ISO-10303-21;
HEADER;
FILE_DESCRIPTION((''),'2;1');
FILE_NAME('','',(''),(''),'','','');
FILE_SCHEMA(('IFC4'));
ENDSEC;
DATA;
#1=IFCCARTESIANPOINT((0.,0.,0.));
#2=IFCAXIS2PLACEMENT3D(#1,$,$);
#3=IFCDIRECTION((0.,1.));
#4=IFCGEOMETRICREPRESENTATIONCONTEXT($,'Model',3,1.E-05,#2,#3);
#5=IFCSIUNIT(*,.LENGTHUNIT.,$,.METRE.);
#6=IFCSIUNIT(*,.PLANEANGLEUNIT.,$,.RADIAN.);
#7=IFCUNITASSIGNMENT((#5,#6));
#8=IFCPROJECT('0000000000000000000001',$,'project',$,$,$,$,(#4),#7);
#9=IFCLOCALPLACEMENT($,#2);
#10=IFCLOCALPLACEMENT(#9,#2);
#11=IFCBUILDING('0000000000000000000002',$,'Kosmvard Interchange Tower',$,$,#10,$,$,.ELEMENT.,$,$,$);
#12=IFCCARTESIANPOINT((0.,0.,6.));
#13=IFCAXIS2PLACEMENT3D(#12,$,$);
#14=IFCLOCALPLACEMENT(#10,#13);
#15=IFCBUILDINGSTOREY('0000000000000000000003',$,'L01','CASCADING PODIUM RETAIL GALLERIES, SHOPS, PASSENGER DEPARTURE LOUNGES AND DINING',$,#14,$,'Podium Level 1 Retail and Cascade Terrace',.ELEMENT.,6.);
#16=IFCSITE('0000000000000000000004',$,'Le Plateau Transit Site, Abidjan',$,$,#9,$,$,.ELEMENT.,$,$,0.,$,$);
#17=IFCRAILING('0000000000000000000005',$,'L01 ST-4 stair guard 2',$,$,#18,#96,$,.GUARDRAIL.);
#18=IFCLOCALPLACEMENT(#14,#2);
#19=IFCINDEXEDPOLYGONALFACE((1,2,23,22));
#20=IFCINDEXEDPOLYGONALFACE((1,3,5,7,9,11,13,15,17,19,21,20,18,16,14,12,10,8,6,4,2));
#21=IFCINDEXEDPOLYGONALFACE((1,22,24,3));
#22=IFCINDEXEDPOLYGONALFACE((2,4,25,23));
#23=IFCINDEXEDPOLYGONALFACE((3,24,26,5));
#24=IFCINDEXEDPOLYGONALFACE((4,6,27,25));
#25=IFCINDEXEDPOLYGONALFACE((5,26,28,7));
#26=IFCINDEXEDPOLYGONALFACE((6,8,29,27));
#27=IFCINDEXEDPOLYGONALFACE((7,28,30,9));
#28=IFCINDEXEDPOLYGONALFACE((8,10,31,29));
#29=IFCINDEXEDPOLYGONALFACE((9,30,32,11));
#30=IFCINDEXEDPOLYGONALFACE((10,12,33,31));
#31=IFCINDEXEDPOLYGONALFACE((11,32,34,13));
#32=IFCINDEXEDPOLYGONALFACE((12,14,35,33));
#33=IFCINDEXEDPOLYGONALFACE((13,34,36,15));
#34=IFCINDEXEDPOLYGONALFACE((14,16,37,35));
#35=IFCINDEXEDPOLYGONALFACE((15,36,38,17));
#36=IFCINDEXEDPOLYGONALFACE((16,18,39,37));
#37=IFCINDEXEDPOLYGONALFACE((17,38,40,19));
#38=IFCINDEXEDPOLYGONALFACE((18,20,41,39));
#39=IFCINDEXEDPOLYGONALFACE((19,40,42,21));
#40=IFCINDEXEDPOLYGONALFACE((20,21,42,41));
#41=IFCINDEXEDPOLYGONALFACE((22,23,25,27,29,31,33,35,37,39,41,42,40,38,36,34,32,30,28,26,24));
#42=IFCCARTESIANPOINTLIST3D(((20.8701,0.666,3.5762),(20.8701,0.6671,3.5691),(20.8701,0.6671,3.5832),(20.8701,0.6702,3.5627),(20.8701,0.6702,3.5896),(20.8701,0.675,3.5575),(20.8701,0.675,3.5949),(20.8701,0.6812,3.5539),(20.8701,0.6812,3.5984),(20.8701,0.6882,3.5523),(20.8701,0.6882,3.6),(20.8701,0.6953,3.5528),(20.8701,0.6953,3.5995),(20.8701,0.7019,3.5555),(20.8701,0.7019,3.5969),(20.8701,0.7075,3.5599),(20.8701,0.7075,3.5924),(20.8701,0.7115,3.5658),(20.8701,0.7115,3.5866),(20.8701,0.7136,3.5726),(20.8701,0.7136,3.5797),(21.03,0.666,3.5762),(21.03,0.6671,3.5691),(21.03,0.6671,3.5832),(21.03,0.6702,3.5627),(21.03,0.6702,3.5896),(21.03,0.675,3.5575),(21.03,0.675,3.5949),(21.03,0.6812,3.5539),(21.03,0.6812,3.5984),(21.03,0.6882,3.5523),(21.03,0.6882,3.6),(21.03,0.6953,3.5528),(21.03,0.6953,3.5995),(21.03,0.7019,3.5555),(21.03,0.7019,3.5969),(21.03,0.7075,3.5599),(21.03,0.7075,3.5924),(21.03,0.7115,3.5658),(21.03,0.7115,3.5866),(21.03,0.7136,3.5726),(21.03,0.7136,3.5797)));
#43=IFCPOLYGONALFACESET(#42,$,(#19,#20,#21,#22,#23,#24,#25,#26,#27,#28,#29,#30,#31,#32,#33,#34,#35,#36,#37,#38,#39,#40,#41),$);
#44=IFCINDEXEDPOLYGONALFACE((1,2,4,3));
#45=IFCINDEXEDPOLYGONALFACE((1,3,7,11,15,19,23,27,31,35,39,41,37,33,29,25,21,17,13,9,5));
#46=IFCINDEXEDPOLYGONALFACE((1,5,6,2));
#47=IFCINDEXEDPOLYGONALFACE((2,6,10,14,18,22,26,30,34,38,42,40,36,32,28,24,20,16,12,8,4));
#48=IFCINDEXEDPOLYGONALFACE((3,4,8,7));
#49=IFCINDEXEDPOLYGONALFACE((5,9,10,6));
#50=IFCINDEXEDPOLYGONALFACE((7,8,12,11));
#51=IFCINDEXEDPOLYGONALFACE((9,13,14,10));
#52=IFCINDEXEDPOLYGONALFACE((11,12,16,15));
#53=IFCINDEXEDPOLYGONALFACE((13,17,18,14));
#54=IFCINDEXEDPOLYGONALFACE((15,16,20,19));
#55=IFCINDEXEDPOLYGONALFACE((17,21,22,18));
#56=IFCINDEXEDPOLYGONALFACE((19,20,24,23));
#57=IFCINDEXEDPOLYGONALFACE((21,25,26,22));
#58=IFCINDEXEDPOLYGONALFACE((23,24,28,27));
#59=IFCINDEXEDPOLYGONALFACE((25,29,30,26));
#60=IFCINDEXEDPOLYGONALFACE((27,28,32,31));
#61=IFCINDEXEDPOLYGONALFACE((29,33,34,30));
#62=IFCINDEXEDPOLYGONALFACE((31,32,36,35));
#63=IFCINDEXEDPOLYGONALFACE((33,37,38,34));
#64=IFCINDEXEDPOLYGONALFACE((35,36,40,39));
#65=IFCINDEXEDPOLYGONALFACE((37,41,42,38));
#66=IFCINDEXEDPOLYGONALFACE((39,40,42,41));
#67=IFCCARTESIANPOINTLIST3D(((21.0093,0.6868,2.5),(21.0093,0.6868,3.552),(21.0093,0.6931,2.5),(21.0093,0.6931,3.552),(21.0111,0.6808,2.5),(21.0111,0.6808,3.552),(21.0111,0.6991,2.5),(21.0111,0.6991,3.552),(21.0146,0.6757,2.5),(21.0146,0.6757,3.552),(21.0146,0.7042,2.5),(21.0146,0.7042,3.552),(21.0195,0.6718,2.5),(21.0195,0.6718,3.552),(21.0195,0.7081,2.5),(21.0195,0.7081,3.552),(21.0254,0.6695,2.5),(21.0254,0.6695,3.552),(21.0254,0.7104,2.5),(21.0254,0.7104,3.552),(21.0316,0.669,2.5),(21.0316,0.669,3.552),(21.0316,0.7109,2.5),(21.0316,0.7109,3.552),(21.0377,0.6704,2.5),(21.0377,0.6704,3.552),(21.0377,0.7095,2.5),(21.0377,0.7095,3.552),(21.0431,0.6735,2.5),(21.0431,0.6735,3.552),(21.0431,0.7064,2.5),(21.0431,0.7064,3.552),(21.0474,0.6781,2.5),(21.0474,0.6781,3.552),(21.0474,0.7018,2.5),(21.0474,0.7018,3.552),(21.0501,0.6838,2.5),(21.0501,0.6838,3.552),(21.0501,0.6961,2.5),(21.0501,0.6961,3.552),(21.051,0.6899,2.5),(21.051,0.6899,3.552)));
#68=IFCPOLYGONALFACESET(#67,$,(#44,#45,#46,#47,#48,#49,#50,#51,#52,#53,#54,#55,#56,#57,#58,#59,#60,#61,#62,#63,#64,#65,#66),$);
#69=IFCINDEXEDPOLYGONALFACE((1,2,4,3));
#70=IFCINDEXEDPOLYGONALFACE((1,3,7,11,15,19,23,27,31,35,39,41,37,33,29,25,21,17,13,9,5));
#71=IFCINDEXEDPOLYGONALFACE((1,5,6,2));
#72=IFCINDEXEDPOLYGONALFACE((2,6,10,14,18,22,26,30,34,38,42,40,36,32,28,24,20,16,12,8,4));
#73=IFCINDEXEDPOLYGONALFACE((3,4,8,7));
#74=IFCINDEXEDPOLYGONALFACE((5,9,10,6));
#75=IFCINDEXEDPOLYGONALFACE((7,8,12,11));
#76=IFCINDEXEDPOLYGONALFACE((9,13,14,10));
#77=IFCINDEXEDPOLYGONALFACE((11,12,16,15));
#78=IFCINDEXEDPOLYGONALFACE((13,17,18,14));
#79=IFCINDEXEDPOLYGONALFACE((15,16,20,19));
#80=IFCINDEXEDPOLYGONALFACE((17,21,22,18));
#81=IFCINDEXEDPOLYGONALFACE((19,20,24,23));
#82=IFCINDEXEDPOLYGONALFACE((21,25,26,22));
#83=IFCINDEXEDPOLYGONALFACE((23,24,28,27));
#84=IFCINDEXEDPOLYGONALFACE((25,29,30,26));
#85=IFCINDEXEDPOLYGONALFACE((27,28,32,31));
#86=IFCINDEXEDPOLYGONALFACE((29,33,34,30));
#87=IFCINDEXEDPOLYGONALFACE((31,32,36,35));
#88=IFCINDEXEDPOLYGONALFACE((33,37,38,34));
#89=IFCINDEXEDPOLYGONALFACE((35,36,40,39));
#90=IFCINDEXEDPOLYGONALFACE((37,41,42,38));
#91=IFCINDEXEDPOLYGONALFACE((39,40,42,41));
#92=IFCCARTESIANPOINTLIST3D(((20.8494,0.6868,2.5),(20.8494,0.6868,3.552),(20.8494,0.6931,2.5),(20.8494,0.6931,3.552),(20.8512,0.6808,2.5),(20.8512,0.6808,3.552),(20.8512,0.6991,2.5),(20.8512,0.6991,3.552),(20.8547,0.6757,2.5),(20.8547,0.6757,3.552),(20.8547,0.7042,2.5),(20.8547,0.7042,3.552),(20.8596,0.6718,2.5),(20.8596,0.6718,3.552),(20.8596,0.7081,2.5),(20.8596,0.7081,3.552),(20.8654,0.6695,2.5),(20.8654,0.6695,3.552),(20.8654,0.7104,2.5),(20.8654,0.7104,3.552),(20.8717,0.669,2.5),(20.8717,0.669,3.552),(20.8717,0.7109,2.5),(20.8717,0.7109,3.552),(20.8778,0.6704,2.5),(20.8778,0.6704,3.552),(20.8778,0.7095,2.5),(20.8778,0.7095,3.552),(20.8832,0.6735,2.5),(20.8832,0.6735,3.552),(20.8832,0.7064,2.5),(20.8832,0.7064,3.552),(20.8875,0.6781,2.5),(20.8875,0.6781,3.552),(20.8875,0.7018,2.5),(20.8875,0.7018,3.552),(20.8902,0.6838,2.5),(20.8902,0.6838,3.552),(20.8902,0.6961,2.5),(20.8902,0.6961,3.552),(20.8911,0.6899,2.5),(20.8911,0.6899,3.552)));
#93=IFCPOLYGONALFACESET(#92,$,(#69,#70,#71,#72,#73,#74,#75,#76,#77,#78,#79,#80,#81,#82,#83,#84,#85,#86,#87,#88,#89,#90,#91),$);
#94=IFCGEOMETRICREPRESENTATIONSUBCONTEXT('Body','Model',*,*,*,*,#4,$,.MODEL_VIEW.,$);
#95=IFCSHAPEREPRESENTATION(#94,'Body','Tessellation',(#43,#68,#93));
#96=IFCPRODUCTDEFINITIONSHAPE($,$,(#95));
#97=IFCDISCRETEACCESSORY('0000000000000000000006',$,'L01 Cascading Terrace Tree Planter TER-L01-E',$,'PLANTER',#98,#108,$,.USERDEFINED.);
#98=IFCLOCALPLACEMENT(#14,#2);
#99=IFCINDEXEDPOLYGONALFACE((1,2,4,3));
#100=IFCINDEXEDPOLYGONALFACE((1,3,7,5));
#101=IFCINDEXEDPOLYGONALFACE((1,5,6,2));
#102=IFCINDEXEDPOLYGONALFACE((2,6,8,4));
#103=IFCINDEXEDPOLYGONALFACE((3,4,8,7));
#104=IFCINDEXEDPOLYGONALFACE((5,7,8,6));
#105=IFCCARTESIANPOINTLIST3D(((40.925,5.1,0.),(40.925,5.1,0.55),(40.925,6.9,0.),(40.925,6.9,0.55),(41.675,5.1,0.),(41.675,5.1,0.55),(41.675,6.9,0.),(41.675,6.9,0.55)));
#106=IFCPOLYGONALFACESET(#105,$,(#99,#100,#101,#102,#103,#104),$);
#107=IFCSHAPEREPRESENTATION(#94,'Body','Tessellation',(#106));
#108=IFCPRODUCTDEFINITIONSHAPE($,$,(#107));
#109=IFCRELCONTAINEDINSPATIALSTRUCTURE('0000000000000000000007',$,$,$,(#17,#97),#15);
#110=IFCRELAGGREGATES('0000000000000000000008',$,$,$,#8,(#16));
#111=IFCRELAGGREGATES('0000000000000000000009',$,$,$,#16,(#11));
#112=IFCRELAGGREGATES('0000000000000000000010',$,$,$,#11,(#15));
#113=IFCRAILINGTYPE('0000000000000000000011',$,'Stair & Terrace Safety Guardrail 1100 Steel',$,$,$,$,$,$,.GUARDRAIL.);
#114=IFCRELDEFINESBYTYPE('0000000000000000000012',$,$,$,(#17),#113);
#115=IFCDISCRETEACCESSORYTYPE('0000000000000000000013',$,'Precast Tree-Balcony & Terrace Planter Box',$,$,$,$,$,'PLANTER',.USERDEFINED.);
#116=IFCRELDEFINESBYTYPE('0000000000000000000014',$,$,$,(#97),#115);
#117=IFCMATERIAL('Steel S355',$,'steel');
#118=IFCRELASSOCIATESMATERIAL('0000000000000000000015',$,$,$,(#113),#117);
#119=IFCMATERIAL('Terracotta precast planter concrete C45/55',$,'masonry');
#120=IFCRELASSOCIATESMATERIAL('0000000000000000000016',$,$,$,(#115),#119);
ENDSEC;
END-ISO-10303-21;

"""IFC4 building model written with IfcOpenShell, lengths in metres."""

from ifc_helpers import new_model, si_unit, direction, frame, origin, origin_2d, place, context, subcontext, project, spatial, rectangle, circle, extrude, source, transform, mapped, material, type_object, element, save


model = new_model("IFC4")

# Units and contexts
model_context = context("Model", 3, precision=1e-05, world=origin(), true_north=direction((0.0, 1.0)))
body_context = subcontext(model_context, "Body", "Model", "MODEL_VIEW")
ifc_project = project(units=[si_unit("LENGTHUNIT", "METRE"), si_unit("PLANEANGLEUNIT", "RADIAN")], contexts=[model_context])

# Site, building, storey
site_placement = place(None, origin())
site = spatial("IfcSite", under=ifc_project, at=site_placement, Name="Le Plateau Transit Site, Abidjan", CompositionType="ELEMENT", RefElevation=0.0)
building_placement = place(site_placement, origin())
building = spatial("IfcBuilding", under=site, at=building_placement, Name="Kosmvard Interchange Tower", CompositionType="ELEMENT")
storey_placement = place(building_placement, frame((0.0, 0.0, 6.0)))
storey = spatial("IfcBuildingStorey", under=building, at=storey_placement, Name="L01", Description="CASCADING PODIUM RETAIL GALLERIES, SHOPS, PASSENGER DEPARTURE LOUNGES AND DINING", LongName="Podium Level 1 Retail and Cascade Terrace", CompositionType="ELEMENT", Elevation=6.0)

# Shared definitions
ifc_material_1 = material(Name="Steel S355", Category="steel")

# Railing
railing_type_1 = type_object("IfcRailingType", Name="Stair & Terrace Safety Guardrail 1100 Steel", PredefinedType="GUARDRAIL", material=ifc_material_1)
shared_shape_1 = source(origin(), body_context, "Body", "SweptSolid", [
    extrude(circle(Radius=0.0239, at=origin_2d()), frame((0.0, 0.0, 1.0762), z_axis=(-1.0, 0.0, 0.0), x_axis=(0.0, -1.0, 0.0)), (0.0, 0.0, 1.0), 0.1599),
    extrude(circle(Radius=0.021, at=origin_2d()), origin(), (0.0, 0.0, 1.0), 1.052),
    extrude(circle(Radius=0.021, at=origin_2d()), frame((-0.1599, 0.0, 0.0)), (0.0, 0.0, 1.0), 1.052),
])
railing_1_placement = place(storey_placement, frame((21.03, 0.6899, 2.5)))
element("IfcRailing", 1, at=railing_1_placement, inside=storey, type_object=railing_type_1, Name="L01 ST-4 stair guard 2", PredefinedType="GUARDRAIL", context=body_context, shape_type="MappedRepresentation", body=[
    mapped(shared_shape_1, transform((0.0, 0.0, 0.0), scale=1.0)),
])

# Discrete accessory
ifc_material_2 = material(Name="Terracotta precast planter concrete C45/55", Category="masonry")
discrete_accessory_type = type_object("IfcDiscreteAccessoryType", Name="Precast Tree-Balcony & Terrace Planter Box", ElementType="PLANTER", PredefinedType="USERDEFINED", material=ifc_material_2)
shared_shape_2 = source(origin(), body_context, "Body", "SweptSolid", [
    extrude(rectangle(XDim=0.75, YDim=1.8, at=origin_2d()), origin(), (0.0, 0.0, 1.0), 0.55),
])
discrete_accessory_placement = place(storey_placement, frame((41.3, 6.0, 0.0), z_axis=(0.0, 0.0, 1.0), x_axis=(1.0, 0.0, 0.0)))
element("IfcDiscreteAccessory", 2, at=discrete_accessory_placement, inside=storey, type_object=discrete_accessory_type, Name="L01 Cascading Terrace Tree Planter TER-L01-E", ObjectType="PLANTER", PredefinedType="USERDEFINED", context=body_context, shape_type="MappedRepresentation", body=[
    mapped(shared_shape_2, transform((0.0, 0.0, 0.0), scale=1.0)),
])

save(model, "model.ifc")
